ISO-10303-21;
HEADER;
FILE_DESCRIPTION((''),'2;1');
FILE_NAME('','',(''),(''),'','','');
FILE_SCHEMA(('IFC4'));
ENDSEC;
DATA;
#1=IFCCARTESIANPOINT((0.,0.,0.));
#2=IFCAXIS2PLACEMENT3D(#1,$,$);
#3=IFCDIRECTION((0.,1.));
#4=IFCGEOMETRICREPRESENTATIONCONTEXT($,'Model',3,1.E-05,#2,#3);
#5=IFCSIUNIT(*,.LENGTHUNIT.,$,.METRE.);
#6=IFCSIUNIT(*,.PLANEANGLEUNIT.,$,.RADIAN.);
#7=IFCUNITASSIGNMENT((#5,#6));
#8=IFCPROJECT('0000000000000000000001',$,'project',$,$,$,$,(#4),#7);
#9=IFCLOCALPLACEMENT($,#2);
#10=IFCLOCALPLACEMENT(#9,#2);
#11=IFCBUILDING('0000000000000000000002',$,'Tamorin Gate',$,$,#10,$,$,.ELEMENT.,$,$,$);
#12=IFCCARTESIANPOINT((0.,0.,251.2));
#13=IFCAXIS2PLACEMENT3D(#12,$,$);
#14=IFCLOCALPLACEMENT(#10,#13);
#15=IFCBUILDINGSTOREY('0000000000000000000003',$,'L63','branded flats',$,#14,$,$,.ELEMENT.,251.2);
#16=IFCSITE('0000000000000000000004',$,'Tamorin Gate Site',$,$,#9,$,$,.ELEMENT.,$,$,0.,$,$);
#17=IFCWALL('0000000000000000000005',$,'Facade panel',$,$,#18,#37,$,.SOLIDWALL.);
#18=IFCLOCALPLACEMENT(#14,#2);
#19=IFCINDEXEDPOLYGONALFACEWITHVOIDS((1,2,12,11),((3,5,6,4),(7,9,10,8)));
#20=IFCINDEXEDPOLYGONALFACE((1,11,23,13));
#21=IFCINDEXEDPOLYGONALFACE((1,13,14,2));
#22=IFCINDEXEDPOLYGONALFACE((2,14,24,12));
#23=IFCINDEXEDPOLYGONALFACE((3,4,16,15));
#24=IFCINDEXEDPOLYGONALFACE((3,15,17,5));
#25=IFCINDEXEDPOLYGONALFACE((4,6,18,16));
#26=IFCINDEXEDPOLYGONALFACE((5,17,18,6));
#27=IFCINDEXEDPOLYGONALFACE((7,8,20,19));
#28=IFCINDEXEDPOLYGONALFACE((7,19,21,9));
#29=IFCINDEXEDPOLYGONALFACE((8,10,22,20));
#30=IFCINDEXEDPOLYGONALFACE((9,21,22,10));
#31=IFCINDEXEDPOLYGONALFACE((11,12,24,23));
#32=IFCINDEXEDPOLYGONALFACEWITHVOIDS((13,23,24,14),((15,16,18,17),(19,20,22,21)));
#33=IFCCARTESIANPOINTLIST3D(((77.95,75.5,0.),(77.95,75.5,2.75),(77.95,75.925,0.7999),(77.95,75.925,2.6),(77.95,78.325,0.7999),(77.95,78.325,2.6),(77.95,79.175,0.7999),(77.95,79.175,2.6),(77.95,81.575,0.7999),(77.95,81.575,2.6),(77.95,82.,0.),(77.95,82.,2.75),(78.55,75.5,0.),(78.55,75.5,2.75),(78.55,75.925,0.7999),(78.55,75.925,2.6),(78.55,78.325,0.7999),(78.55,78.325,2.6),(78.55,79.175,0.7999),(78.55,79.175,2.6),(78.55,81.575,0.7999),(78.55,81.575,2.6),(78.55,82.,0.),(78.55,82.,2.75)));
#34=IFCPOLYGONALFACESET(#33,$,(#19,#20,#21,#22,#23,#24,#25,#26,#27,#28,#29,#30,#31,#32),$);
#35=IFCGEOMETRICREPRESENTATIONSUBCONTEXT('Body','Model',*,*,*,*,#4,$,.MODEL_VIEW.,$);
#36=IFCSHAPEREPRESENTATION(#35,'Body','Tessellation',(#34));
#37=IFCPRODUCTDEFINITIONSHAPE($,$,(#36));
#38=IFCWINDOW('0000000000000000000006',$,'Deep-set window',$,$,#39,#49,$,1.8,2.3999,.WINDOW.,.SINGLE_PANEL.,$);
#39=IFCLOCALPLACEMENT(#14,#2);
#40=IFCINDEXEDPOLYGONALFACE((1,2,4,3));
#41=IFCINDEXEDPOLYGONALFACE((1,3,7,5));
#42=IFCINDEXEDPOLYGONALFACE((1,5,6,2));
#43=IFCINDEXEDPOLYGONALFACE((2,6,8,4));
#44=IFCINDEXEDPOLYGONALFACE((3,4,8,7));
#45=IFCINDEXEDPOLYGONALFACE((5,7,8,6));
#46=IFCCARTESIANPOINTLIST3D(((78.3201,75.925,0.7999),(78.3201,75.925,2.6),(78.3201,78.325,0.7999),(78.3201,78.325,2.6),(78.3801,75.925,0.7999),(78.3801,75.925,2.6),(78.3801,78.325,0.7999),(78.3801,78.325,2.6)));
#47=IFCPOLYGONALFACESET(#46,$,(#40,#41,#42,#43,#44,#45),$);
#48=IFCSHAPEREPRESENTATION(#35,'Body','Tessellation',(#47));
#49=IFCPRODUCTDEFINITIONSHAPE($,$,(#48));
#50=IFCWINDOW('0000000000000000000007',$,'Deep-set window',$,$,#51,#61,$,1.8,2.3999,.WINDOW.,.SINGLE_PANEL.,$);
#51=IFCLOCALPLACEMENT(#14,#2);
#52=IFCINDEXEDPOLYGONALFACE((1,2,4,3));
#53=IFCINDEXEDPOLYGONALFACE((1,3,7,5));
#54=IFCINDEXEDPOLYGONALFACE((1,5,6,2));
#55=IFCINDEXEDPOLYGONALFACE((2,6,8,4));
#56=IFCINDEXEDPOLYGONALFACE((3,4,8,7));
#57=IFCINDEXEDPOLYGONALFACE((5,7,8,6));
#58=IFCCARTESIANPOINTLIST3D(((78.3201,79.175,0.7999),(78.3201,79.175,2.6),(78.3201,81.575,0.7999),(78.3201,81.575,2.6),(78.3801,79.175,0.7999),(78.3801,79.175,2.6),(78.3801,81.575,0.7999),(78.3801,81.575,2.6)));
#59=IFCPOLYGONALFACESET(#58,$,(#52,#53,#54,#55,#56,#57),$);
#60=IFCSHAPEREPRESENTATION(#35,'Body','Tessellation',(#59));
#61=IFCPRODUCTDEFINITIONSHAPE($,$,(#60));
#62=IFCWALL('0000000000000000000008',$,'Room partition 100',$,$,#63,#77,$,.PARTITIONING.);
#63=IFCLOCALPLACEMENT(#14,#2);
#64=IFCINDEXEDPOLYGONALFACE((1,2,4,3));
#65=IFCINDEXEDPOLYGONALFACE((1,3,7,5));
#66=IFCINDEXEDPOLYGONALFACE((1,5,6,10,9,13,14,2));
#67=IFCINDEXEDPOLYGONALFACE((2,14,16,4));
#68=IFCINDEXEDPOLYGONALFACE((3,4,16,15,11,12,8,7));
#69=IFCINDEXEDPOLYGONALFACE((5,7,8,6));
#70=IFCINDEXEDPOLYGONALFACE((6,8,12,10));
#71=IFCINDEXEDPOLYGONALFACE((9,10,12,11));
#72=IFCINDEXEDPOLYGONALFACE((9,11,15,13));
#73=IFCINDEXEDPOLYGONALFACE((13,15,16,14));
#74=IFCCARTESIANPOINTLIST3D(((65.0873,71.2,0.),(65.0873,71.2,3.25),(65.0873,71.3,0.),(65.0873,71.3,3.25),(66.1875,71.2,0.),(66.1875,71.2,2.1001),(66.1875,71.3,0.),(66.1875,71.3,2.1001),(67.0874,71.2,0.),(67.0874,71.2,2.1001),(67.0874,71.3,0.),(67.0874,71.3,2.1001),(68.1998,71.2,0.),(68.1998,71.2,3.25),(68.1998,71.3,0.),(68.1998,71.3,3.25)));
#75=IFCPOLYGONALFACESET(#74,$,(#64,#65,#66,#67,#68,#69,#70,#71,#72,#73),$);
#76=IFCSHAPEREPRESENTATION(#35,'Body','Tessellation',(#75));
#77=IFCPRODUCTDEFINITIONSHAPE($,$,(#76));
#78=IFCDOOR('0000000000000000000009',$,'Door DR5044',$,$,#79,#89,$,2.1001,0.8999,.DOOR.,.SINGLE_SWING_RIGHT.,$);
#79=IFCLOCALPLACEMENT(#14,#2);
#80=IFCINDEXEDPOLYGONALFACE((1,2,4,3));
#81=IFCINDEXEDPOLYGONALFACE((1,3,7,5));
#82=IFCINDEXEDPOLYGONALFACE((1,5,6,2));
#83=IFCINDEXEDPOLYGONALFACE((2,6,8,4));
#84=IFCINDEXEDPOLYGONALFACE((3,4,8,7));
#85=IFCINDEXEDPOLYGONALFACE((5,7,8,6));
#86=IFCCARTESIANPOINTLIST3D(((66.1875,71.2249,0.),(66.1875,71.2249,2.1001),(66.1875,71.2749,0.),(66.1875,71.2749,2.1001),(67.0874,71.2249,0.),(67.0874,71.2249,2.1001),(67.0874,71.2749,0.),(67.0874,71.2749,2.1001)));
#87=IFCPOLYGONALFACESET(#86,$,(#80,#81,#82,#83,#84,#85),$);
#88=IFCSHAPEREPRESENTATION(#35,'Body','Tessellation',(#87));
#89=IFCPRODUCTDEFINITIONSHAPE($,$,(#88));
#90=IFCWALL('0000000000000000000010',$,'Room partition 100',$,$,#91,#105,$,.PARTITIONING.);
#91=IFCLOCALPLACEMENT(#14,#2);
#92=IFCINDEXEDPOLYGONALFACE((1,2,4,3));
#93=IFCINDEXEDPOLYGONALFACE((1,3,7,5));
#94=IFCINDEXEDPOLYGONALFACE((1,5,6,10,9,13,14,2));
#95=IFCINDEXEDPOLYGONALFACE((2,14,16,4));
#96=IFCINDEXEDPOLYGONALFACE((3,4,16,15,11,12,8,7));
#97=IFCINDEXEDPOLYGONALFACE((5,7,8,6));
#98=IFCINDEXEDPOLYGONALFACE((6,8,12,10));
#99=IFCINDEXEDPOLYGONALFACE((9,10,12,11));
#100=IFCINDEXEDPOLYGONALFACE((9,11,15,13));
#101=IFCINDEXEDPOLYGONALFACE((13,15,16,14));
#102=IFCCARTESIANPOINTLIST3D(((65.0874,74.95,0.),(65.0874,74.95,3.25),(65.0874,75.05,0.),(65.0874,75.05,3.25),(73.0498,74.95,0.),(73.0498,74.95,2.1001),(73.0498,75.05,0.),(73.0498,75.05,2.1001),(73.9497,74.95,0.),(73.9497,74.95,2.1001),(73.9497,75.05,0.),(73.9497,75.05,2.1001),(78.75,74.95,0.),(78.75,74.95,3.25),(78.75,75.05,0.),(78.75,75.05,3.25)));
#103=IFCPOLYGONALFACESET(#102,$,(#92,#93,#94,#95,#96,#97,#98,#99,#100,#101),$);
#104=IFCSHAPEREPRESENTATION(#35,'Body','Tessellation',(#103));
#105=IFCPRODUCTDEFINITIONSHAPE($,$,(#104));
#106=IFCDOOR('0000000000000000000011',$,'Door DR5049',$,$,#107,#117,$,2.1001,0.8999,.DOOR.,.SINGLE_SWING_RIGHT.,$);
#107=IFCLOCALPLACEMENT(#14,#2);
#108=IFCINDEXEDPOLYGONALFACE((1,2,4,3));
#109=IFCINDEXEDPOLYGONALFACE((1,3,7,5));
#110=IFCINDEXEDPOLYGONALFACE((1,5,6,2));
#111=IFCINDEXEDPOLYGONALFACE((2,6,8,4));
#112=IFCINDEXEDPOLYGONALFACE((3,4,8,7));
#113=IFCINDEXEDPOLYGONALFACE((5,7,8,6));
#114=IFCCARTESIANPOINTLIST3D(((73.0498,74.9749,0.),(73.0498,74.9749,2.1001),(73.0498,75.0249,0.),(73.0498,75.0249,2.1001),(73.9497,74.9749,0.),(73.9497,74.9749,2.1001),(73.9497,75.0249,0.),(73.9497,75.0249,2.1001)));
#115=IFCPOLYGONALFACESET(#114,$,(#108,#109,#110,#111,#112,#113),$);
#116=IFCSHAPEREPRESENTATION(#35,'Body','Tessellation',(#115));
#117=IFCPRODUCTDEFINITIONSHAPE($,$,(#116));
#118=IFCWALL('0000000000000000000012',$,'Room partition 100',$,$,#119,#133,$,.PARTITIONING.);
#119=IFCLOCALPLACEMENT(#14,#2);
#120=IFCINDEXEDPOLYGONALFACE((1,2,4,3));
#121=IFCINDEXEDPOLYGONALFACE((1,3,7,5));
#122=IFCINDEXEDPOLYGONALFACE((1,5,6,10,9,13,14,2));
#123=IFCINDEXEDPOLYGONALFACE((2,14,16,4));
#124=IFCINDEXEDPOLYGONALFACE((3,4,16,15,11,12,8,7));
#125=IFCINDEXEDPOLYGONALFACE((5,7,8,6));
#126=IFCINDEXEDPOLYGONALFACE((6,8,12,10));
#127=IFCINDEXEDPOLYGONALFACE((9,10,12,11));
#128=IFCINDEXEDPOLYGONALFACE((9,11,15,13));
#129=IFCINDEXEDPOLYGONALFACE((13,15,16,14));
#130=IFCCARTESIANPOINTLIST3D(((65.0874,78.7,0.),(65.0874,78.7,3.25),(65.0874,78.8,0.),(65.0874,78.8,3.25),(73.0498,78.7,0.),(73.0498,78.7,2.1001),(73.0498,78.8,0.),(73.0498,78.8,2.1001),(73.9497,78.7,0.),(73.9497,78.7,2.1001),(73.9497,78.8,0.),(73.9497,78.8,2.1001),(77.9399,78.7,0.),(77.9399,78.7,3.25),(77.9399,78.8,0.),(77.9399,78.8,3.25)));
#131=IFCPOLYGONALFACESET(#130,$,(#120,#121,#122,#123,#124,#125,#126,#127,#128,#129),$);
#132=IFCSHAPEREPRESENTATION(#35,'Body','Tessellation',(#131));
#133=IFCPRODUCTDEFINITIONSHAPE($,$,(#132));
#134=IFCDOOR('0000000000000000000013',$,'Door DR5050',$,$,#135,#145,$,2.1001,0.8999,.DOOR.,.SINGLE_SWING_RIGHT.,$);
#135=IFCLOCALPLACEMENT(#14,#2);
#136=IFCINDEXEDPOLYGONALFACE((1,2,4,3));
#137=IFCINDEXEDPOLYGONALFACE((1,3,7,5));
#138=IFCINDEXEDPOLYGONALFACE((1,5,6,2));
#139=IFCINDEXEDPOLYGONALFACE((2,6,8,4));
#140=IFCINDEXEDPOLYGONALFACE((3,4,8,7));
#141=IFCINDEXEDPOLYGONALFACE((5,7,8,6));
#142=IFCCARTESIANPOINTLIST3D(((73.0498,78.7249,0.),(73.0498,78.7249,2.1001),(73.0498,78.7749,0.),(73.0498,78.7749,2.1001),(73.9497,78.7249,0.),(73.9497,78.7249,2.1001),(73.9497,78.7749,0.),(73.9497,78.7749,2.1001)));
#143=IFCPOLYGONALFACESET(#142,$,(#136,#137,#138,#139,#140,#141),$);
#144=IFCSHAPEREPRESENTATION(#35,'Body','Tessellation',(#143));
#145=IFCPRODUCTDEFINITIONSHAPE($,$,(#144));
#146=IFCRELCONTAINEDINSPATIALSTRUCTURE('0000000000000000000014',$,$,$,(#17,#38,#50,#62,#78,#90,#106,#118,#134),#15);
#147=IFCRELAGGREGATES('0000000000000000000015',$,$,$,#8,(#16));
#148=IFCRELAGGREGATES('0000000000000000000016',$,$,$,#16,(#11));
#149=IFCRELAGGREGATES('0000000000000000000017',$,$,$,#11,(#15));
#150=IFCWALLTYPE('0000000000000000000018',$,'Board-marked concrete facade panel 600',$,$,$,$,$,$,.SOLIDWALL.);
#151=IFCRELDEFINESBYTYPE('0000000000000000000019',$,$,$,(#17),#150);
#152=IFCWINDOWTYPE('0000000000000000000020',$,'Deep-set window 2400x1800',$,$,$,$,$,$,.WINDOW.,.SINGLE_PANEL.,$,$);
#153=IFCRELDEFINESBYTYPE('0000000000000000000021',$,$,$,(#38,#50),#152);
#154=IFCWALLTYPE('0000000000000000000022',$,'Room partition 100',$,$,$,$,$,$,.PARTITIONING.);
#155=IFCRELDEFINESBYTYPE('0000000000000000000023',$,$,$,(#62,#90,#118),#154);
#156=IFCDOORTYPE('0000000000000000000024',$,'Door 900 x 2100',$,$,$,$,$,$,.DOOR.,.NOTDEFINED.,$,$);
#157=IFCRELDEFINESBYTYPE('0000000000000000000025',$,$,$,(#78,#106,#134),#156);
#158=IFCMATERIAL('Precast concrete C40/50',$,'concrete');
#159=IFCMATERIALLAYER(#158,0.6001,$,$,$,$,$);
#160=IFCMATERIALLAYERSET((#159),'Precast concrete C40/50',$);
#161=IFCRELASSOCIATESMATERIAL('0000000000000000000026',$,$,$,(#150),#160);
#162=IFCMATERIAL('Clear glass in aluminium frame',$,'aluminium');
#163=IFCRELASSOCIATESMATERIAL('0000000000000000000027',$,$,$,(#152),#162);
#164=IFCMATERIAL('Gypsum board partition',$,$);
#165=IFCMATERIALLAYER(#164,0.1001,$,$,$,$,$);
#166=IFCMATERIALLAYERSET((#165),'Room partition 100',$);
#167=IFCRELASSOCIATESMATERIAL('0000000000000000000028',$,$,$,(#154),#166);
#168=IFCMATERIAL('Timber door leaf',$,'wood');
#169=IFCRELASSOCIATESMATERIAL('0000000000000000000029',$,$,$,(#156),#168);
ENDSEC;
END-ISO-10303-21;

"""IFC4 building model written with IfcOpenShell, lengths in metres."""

from ifc_helpers import new_model, si_unit, direction, frame, frame_2d, origin, place, context, subcontext, project, spatial, rectangle, extrude, material, layer, layer_set, type_object, element, fill, save


model = new_model("IFC4")

# Units and contexts
model_context = context("Model", 3, precision=1e-05, world=origin(), true_north=direction((0.0, 1.0)))
body_context = subcontext(model_context, "Body", "Model", "MODEL_VIEW")
ifc_project = project(units=[si_unit("LENGTHUNIT", "METRE"), si_unit("PLANEANGLEUNIT", "RADIAN")], contexts=[model_context])

# Site, building, storey
site_placement = place(None, origin())
site = spatial("IfcSite", under=ifc_project, at=site_placement, Name="Tamorin Gate Site", CompositionType="ELEMENT", RefElevation=0.0)
building_placement = place(site_placement, origin())
building = spatial("IfcBuilding", under=site, at=building_placement, Name="Tamorin Gate", CompositionType="ELEMENT")
storey_placement = place(building_placement, frame((0.0, 0.0, 251.2)))
storey = spatial("IfcBuildingStorey", under=building, at=storey_placement, Name="L63", Description="branded flats", CompositionType="ELEMENT", Elevation=251.2)

# Wall, openings, windows
ifc_material_1 = material(Name="Precast concrete C40/50", Category="concrete")
ifc_layer_1 = layer(ifc_material_1, 0.6001)
ifc_layer_set_1 = layer_set([ifc_layer_1], Name="Precast concrete C40/50")
wall_type_1 = type_object("IfcWallType", Name="Board-marked concrete facade panel 600", PredefinedType="SOLIDWALL", material=ifc_layer_set_1)
ifc_material_2 = material(Name="Clear glass in aluminium frame", Category="aluminium")
window_type = type_object("IfcWindowType", Name="Deep-set window 2400x1800", PartitioningType="SINGLE_PANEL", PredefinedType="WINDOW", material=ifc_material_2)
wall_1_placement = place(storey_placement, frame((78.25, 75.5, 0.0), z_axis=(0.0, 0.0, 1.0), x_axis=(0.0, 1.0, 0.0)))
wall_1 = element("IfcWall", 1, at=wall_1_placement, inside=storey, type_object=wall_type_1, Name="Facade panel", PredefinedType="SOLIDWALL", context=body_context, shape_type="SweptSolid", body=[
    extrude(rectangle(XDim=6.5, YDim=0.6001, at=frame_2d((3.25, 0.0))), origin(), (0.0, 0.0, 1.0), 2.75),
])
opening_1_placement = place(wall_1_placement, frame((0.425, 0.0, 0.8)))
opening_1 = element("IfcOpeningElement", 2, at=opening_1_placement, cuts=wall_1, PredefinedType="OPENING", context=body_context, shape_type="SweptSolid", body=[
    extrude(rectangle(XDim=2.3999, YDim=1.8, at=frame_2d((1.2, 0.8999))), frame((0.0, 0.3101, 0.0), z_axis=(0.0, -1.0, 0.0), x_axis=(1.0, 0.0, 0.0)), (0.0, 0.0, 1.0), 0.6201),
])
opening_2_placement = place(wall_1_placement, frame((3.675, 0.0, 0.8)))
opening_2 = element("IfcOpeningElement", 3, at=opening_2_placement, cuts=wall_1, PredefinedType="OPENING", context=body_context, shape_type="SweptSolid", body=[
    extrude(rectangle(XDim=2.3999, YDim=1.8, at=frame_2d((1.2, 0.8999))), frame((0.0, 0.3101, 0.0), z_axis=(0.0, -1.0, 0.0), x_axis=(1.0, 0.0, 0.0)), (0.0, 0.0, 1.0), 0.6201),
])
window_1_placement = place(opening_1_placement, origin())
window_1 = element("IfcWindow", 4, at=window_1_placement, inside=storey, type_object=window_type, Name="Deep-set window", OverallHeight=1.8, OverallWidth=2.3999, PartitioningType="SINGLE_PANEL", PredefinedType="WINDOW", context=body_context, shape_type="SweptSolid", body=[
    extrude(rectangle(XDim=2.3999, YDim=1.8, at=frame_2d((1.2, 0.8999))), frame((0.0, -0.0701, 0.0), z_axis=(0.0, -1.0, 0.0), x_axis=(1.0, 0.0, 0.0)), (0.0, 0.0, 1.0), 0.0601),
])
fill(opening_1, window_1)
window_2_placement = place(opening_2_placement, origin())
window_2 = element("IfcWindow", 5, at=window_2_placement, inside=storey, type_object=window_type, Name="Deep-set window", OverallHeight=1.8, OverallWidth=2.3999, PartitioningType="SINGLE_PANEL", PredefinedType="WINDOW", context=body_context, shape_type="SweptSolid", body=[
    extrude(rectangle(XDim=2.3999, YDim=1.8, at=frame_2d((1.2, 0.8999))), frame((0.0, -0.0701, 0.0), z_axis=(0.0, -1.0, 0.0), x_axis=(1.0, 0.0, 0.0)), (0.0, 0.0, 1.0), 0.0601),
])
fill(opening_2, window_2)

# Walls, openings, doors
ifc_material_3 = material(Name="Gypsum board partition")
ifc_layer_2 = layer(ifc_material_3, 0.1001)
ifc_layer_set_2 = layer_set([ifc_layer_2], Name="Room partition 100")
wall_type_2 = type_object("IfcWallType", Name="Room partition 100", PredefinedType="PARTITIONING", material=ifc_layer_set_2)
wall_2_placement = place(storey_placement, frame((65.0874, 71.25, 0.0), z_axis=(0.0, 0.0, 1.0), x_axis=(1.0, 0.0, 0.0)))
wall_2 = element("IfcWall", 6, at=wall_2_placement, inside=storey, type_object=wall_type_2, Name="Room partition 100", PredefinedType="PARTITIONING", context=body_context, shape_type="SweptSolid", body=[
    extrude(rectangle(XDim=3.1125, YDim=0.1001, at=frame_2d((1.5562, 0.0))), origin(), (0.0, 0.0, 1.0), 3.25),
])
opening_3_placement = place(wall_2_placement, frame((1.1001, 0.0, 0.0)))
opening_3 = element("IfcOpeningElement", 7, at=opening_3_placement, cuts=wall_2, PredefinedType="OPENING", context=body_context, shape_type="SweptSolid", body=[
    extrude(rectangle(XDim=0.8999, YDim=2.1001, at=frame_2d((0.45, 1.05))), frame((0.0, 0.0601, 0.0), z_axis=(0.0, -1.0, 0.0), x_axis=(1.0, 0.0, 0.0)), (0.0, 0.0, 1.0), 0.1201),
])
ifc_material_4 = material(Name="Timber door leaf", Category="wood")
door_type = type_object("IfcDoorType", Name="Door 900 x 2100", OperationType="NOTDEFINED", PredefinedType="DOOR", material=ifc_material_4)
door_1_placement = place(opening_3_placement, origin())
door_1 = element("IfcDoor", 8, at=door_1_placement, inside=storey, type_object=door_type, Name="Door DR5044", OperationType="SINGLE_SWING_RIGHT", OverallHeight=2.1001, OverallWidth=0.8999, PredefinedType="DOOR", context=body_context, shape_type="SweptSolid", body=[
    extrude(rectangle(XDim=0.8999, YDim=2.1001, at=frame_2d((0.45, 1.05))), frame((0.0, 0.0249, 0.0), z_axis=(0.0, -1.0, 0.0), x_axis=(1.0, 0.0, 0.0)), (0.0, 0.0, 1.0), 0.05),
])
fill(opening_3, door_1)
wall_3_placement = place(storey_placement, frame((65.0874, 75.0, 0.0), z_axis=(0.0, 0.0, 1.0), x_axis=(1.0, 0.0, 0.0)))
wall_3 = element("IfcWall", 9, at=wall_3_placement, inside=storey, type_object=wall_type_2, Name="Room partition 100", PredefinedType="PARTITIONING", context=body_context, shape_type="SweptSolid", body=[
    extrude(rectangle(XDim=13.6626, YDim=0.1001, at=frame_2d((6.8313, 0.0))), origin(), (0.0, 0.0, 1.0), 3.25),
])
opening_4_placement = place(wall_3_placement, frame((7.9624, 0.0, 0.0)))
opening_4 = element("IfcOpeningElement", 10, at=opening_4_placement, cuts=wall_3, PredefinedType="OPENING", context=body_context, shape_type="SweptSolid", body=[
    extrude(rectangle(XDim=0.8999, YDim=2.1001, at=frame_2d((0.45, 1.05))), frame((0.0, 0.0601, 0.0), z_axis=(0.0, -1.0, 0.0), x_axis=(1.0, 0.0, 0.0)), (0.0, 0.0, 1.0), 0.1201),
])
door_2_placement = place(opening_4_placement, origin())
door_2 = element("IfcDoor", 11, at=door_2_placement, inside=storey, type_object=door_type, Name="Door DR5049", OperationType="SINGLE_SWING_RIGHT", OverallHeight=2.1001, OverallWidth=0.8999, PredefinedType="DOOR", context=body_context, shape_type="SweptSolid", body=[
    extrude(rectangle(XDim=0.8999, YDim=2.1001, at=frame_2d((0.45, 1.05))), frame((0.0, 0.0249, 0.0), z_axis=(0.0, -1.0, 0.0), x_axis=(1.0, 0.0, 0.0)), (0.0, 0.0, 1.0), 0.05),
])
fill(opening_4, door_2)
wall_4_placement = place(storey_placement, frame((65.0874, 78.75, 0.0), z_axis=(0.0, 0.0, 1.0), x_axis=(1.0, 0.0, 0.0)))
wall_4 = element("IfcWall", 12, at=wall_4_placement, inside=storey, type_object=wall_type_2, Name="Room partition 100", PredefinedType="PARTITIONING", context=body_context, shape_type="SweptSolid", body=[
    extrude(rectangle(XDim=12.8525, YDim=0.1001, at=frame_2d((6.4263, 0.0))), origin(), (0.0, 0.0, 1.0), 3.25),
])
opening_5_placement = place(wall_4_placement, frame((7.9624, 0.0, 0.0)))
opening_5 = element("IfcOpeningElement", 13, at=opening_5_placement, cuts=wall_4, PredefinedType="OPENING", context=body_context, shape_type="SweptSolid", body=[
    extrude(rectangle(XDim=0.8999, YDim=2.1001, at=frame_2d((0.45, 1.05))), frame((0.0, 0.0601, 0.0), z_axis=(0.0, -1.0, 0.0), x_axis=(1.0, 0.0, 0.0)), (0.0, 0.0, 1.0), 0.1201),
])
door_3_placement = place(opening_5_placement, origin())
door_3 = element("IfcDoor", 14, at=door_3_placement, inside=storey, type_object=door_type, Name="Door DR5050", OperationType="SINGLE_SWING_RIGHT", OverallHeight=2.1001, OverallWidth=0.8999, PredefinedType="DOOR", context=body_context, shape_type="SweptSolid", body=[
    extrude(rectangle(XDim=0.8999, YDim=2.1001, at=frame_2d((0.45, 1.05))), frame((0.0, 0.0249, 0.0), z_axis=(0.0, -1.0, 0.0), x_axis=(1.0, 0.0, 0.0)), (0.0, 0.0, 1.0), 0.05),
])
fill(opening_5, door_3)

save(model, "model.ifc")
